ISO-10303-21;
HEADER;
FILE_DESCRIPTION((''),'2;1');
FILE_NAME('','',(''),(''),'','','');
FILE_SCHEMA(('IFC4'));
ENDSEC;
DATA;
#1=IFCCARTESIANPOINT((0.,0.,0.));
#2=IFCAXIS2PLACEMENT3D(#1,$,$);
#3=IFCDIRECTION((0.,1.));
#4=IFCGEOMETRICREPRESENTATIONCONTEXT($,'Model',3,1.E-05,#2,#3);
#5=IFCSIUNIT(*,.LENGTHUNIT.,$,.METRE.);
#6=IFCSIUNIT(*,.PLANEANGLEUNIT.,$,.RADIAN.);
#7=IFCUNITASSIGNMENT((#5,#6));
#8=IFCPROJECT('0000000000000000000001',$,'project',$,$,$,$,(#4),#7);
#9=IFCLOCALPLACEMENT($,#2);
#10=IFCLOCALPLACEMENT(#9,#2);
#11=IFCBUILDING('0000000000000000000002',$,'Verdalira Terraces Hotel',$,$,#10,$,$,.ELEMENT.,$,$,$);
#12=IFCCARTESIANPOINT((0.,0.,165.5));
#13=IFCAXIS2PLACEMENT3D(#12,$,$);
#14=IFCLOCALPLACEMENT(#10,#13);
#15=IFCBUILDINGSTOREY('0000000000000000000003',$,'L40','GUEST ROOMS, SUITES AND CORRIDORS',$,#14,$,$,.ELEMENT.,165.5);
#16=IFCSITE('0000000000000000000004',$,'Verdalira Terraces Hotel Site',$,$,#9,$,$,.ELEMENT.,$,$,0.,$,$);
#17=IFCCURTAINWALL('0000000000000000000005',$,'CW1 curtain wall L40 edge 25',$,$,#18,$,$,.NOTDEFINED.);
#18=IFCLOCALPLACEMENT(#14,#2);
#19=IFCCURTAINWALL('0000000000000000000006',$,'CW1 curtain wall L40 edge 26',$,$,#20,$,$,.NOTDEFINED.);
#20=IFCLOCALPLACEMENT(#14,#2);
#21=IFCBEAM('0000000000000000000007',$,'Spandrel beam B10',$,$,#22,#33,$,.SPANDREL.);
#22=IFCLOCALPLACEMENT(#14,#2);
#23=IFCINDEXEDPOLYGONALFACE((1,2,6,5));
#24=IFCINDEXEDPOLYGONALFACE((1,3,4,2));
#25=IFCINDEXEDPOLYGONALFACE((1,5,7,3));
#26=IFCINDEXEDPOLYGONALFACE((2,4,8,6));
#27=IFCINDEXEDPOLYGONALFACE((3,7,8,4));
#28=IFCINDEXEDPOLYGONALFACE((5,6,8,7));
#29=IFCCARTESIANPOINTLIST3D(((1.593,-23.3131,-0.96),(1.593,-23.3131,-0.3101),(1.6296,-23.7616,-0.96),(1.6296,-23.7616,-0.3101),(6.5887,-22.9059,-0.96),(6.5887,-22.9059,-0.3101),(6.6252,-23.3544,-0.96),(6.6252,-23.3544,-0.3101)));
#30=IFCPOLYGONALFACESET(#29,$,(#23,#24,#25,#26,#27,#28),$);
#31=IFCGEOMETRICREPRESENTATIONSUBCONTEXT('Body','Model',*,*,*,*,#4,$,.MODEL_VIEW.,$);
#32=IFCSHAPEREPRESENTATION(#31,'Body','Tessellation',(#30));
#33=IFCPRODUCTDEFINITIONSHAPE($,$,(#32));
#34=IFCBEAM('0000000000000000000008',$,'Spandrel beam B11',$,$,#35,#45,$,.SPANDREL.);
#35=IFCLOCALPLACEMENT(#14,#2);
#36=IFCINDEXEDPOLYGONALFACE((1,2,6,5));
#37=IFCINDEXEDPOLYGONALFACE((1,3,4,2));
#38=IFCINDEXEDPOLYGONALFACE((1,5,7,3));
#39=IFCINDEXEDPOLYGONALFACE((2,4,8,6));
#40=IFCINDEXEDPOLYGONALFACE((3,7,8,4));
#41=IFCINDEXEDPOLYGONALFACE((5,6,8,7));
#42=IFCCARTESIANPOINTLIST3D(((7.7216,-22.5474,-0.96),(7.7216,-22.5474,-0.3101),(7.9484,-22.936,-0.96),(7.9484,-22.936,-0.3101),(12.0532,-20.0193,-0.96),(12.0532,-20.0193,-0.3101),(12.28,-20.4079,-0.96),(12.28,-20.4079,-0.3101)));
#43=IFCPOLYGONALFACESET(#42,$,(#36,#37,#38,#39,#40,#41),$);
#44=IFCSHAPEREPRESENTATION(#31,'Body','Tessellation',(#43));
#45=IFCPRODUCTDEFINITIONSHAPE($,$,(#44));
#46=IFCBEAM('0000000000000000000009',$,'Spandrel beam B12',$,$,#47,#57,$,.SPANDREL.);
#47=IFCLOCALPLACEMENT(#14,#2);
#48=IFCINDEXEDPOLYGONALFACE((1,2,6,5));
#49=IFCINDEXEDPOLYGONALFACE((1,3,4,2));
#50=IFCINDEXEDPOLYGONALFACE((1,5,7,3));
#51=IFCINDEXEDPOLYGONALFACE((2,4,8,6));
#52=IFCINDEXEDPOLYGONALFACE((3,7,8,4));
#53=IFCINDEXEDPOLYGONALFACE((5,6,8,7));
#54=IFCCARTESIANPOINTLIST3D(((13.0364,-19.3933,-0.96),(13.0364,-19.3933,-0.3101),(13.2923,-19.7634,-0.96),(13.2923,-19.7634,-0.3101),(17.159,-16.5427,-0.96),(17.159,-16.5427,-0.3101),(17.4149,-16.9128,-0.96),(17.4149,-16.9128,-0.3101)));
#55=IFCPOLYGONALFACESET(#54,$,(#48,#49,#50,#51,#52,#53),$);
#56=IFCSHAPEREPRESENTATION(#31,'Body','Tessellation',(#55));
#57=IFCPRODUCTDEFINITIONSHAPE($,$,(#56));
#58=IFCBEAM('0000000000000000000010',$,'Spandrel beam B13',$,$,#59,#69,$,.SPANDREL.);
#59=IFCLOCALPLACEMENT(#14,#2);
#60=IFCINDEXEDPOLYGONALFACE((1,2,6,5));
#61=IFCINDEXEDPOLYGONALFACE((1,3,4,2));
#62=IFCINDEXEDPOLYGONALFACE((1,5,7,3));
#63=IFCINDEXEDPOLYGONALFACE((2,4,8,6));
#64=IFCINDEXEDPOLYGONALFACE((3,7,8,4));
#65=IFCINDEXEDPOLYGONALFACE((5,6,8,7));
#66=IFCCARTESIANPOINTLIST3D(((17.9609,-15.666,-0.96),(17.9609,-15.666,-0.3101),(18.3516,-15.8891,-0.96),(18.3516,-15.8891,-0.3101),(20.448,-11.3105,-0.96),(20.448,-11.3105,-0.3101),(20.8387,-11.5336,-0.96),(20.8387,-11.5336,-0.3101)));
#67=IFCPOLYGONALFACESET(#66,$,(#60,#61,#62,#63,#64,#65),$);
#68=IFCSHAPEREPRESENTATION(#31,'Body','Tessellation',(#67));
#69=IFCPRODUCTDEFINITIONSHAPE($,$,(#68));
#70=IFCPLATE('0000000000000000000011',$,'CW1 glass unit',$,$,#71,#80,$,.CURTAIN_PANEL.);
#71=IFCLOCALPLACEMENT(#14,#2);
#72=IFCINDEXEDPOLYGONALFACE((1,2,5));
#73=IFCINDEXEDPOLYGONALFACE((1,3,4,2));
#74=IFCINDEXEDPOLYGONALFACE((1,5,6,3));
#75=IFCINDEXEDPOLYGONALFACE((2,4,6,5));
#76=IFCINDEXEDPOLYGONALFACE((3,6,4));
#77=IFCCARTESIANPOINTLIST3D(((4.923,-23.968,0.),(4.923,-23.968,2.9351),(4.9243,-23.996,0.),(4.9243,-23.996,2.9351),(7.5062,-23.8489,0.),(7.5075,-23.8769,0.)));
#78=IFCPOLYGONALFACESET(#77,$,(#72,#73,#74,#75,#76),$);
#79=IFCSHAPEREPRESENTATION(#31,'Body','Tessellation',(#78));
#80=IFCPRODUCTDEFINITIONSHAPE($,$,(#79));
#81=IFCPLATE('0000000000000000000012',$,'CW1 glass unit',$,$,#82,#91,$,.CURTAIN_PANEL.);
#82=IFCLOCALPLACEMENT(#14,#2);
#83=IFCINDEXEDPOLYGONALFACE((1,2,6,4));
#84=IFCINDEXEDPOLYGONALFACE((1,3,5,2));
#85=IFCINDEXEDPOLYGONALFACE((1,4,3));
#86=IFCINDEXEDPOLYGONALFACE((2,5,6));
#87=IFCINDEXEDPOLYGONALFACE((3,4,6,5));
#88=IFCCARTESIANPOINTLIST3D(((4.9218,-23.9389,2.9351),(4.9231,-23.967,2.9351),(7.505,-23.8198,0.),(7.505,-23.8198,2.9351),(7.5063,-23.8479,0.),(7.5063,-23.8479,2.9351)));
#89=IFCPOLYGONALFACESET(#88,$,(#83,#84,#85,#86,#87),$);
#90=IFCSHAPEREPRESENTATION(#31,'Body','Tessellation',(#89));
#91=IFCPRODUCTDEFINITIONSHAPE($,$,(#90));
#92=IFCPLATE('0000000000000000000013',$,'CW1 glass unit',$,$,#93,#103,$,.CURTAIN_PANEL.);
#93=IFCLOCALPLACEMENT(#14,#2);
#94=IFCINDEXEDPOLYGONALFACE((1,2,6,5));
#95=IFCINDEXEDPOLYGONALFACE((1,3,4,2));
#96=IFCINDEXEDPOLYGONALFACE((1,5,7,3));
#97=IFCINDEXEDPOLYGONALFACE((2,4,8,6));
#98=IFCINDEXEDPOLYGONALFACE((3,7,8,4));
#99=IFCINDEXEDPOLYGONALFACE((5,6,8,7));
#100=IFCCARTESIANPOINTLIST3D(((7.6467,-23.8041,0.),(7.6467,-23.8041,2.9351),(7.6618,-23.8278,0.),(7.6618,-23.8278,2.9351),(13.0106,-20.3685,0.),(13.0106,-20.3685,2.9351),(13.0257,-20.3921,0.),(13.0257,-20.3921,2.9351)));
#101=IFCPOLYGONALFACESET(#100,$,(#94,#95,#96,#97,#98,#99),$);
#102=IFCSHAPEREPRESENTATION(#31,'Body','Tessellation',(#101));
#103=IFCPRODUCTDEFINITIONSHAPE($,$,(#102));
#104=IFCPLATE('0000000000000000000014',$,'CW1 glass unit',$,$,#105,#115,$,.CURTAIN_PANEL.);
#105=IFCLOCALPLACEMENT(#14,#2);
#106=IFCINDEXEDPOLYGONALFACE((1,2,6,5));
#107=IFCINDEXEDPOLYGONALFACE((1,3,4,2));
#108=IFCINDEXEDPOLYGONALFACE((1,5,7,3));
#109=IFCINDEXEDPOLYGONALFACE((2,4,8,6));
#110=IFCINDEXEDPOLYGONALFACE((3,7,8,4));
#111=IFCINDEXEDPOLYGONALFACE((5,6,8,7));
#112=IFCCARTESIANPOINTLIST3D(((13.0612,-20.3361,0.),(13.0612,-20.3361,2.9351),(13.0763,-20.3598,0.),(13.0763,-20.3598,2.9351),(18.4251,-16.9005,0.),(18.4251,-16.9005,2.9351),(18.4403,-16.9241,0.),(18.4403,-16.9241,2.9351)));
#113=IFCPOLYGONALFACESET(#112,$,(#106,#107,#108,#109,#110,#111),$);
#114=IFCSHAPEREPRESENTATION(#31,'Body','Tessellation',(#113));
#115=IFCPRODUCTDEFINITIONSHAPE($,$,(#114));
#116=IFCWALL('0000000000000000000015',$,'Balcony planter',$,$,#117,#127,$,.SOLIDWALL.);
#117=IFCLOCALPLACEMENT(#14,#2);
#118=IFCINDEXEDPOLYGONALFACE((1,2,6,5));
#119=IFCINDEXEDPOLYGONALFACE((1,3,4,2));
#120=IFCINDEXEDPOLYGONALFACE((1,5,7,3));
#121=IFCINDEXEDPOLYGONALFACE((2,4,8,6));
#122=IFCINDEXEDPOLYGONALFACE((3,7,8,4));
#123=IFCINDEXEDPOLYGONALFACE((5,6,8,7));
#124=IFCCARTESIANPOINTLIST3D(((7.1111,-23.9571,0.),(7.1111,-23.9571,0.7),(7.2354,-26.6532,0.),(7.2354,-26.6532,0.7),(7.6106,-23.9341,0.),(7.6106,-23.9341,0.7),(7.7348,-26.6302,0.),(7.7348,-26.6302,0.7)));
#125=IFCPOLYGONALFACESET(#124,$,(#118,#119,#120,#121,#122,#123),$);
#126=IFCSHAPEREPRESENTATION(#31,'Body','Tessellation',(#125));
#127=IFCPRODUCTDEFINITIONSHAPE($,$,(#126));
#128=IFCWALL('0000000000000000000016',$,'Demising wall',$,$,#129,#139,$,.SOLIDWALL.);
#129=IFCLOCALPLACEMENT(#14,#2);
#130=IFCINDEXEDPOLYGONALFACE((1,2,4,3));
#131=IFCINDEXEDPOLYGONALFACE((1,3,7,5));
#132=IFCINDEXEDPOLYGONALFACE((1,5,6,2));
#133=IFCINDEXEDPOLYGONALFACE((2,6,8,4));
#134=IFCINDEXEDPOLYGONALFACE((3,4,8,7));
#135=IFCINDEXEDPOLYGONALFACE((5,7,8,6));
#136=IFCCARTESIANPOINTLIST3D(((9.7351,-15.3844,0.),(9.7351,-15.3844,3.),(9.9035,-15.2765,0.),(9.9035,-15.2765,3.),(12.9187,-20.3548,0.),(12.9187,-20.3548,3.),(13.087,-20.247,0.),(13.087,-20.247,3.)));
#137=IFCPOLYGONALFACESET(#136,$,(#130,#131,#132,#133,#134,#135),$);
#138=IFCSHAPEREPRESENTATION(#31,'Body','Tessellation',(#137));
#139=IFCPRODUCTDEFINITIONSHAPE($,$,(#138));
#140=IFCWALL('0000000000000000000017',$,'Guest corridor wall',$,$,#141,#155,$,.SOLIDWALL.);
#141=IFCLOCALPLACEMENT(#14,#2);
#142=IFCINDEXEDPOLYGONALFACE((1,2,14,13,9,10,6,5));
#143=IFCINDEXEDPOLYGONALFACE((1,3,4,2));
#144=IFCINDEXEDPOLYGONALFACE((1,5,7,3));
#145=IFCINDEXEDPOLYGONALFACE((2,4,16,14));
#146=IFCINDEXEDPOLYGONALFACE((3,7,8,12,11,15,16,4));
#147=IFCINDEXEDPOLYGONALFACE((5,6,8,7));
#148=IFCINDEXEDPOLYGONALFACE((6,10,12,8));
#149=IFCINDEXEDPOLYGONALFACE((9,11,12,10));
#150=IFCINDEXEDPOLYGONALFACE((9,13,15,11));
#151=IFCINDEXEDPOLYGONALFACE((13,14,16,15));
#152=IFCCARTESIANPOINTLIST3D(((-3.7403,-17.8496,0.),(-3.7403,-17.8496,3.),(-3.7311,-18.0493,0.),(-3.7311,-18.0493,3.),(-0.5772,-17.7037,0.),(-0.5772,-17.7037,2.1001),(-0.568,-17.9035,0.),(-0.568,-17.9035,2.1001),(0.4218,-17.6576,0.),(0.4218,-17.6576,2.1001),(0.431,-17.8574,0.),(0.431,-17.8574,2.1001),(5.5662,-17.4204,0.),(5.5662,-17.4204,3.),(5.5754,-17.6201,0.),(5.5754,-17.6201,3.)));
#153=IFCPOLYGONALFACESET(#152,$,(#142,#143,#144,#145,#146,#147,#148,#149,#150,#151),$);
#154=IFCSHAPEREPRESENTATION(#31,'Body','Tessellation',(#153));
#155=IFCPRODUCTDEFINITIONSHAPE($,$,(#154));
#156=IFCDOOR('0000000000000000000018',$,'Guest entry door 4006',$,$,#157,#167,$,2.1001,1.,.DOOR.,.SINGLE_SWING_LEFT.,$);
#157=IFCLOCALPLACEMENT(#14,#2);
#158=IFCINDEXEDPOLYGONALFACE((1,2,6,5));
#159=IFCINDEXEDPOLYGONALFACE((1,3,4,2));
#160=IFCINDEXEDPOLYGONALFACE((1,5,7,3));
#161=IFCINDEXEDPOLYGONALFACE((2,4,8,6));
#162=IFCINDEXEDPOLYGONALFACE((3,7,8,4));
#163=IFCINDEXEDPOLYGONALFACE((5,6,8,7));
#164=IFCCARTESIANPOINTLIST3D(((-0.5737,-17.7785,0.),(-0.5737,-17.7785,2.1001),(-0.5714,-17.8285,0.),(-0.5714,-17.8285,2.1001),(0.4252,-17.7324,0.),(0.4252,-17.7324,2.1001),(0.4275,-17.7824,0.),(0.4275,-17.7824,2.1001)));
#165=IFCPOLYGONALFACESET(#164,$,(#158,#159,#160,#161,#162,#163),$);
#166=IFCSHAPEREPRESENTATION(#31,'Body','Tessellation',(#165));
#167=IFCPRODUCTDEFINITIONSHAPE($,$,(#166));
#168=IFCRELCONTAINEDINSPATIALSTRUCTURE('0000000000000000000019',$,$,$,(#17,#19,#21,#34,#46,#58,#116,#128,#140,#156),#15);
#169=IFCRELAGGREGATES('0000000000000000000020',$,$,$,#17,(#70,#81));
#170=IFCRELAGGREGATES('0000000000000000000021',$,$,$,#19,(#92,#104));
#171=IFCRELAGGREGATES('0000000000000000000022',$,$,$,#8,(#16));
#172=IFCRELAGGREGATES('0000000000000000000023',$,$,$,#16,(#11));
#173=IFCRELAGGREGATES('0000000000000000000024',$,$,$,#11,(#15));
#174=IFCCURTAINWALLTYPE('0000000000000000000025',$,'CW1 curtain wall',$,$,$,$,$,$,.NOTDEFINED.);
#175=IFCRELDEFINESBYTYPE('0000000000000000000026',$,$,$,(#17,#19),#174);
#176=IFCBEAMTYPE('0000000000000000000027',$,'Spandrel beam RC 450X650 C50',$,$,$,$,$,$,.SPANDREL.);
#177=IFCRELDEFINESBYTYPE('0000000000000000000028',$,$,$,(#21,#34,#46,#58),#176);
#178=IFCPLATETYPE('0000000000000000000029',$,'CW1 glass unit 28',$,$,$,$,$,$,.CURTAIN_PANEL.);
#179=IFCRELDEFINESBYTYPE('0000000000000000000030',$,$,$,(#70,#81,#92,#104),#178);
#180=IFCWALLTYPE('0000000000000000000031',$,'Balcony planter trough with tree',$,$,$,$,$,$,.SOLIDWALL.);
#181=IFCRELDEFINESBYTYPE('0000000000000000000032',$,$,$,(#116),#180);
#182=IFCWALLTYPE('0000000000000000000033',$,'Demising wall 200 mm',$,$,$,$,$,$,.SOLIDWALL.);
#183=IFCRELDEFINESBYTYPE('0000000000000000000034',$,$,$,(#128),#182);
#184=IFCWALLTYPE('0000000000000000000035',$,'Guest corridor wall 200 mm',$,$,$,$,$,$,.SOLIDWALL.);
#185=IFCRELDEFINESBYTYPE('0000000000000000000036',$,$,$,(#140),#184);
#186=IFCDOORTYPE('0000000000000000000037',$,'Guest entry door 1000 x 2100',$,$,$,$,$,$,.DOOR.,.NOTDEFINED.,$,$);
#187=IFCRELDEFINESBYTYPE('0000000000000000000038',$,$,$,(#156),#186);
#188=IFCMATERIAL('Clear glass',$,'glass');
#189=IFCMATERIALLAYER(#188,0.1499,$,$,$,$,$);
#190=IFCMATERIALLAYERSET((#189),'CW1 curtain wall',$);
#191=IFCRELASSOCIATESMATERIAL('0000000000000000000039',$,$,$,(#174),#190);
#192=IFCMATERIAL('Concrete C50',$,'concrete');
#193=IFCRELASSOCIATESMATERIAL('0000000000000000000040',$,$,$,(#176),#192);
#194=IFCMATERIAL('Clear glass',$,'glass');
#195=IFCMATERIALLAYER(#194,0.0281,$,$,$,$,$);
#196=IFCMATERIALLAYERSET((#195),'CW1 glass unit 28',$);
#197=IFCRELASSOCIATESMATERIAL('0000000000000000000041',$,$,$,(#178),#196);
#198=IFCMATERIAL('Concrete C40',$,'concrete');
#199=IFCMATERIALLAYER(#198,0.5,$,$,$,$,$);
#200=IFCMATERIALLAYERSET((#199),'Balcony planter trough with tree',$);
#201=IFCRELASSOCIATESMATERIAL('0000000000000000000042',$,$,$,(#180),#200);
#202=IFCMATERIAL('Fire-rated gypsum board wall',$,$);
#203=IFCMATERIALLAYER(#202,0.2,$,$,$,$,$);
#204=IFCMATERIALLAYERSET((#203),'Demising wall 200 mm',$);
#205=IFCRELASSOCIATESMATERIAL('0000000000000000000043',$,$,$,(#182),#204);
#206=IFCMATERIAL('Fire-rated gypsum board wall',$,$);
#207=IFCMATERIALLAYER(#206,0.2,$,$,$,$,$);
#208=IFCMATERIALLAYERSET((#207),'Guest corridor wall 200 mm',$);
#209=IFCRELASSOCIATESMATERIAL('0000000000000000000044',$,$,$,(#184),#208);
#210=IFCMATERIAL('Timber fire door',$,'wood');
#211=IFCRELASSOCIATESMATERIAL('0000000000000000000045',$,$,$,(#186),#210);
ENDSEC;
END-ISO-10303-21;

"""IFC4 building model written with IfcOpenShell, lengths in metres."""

from ifc_helpers import new_model, si_unit, direction, frame, frame_2d, origin, origin_2d, place, context, subcontext, project, spatial, polyline, rectangle, outline, extrude, material, layer, layer_set, material_profile, profile_set, type_object, element, fill, aggregate, save


model = new_model("IFC4")

# Units and contexts
model_context = context("Model", 3, precision=1e-05, world=origin(), true_north=direction((0.0, 1.0)))
body_context = subcontext(model_context, "Body", "Model", "MODEL_VIEW")
ifc_project = project(units=[si_unit("LENGTHUNIT", "METRE"), si_unit("PLANEANGLEUNIT", "RADIAN")], contexts=[model_context])

# Site, building, storey
site_placement = place(None, origin())
site = spatial("IfcSite", under=ifc_project, at=site_placement, Name="Verdalira Terraces Hotel Site", CompositionType="ELEMENT", RefElevation=0.0)
building_placement = place(site_placement, origin())
building = spatial("IfcBuilding", under=site, at=building_placement, Name="Verdalira Terraces Hotel", CompositionType="ELEMENT")
storey_placement = place(building_placement, frame((0.0, 0.0, 165.5)))
storey = spatial("IfcBuildingStorey", under=building, at=storey_placement, Name="L40", Description="GUEST ROOMS, SUITES AND CORRIDORS", CompositionType="ELEMENT", Elevation=165.5)

# Curtain wall
ifc_material_1 = material(Name="Clear glass", Category="glass")
ifc_layer_1 = layer(ifc_material_1, 0.1499)
ifc_layer_set_1 = layer_set([ifc_layer_1], Name="CW1 curtain wall")
curtain_wall_type = type_object("IfcCurtainWallType", Name="CW1 curtain wall", PredefinedType="NOTDEFINED", material=ifc_layer_set_1)
curtain_wall_1_placement = place(storey_placement, origin())
curtain_wall_1 = element("IfcCurtainWall", 1, at=curtain_wall_1_placement, inside=storey, type_object=curtain_wall_type, Name="CW1 curtain wall L40 edge 25", PredefinedType="NOTDEFINED")

# Curtain wall
curtain_wall_2_placement = place(storey_placement, origin())
curtain_wall_2 = element("IfcCurtainWall", 2, at=curtain_wall_2_placement, inside=storey, type_object=curtain_wall_type, Name="CW1 curtain wall L40 edge 26", PredefinedType="NOTDEFINED")

# Beams
ifc_material_2 = material(Name="Concrete C50", Category="concrete")
ifc_material_profile_1 = material_profile(ifc_material_2, rectangle(XDim=0.45, YDim=0.6499, at=origin_2d()), Name="RC 450X650")
ifc_profile_set_1 = profile_set([ifc_material_profile_1], Name="Concrete C50")
beam_type_1 = type_object("IfcBeamType", Name="Spandrel beam RC 450X650 C50", PredefinedType="SPANDREL", material=ifc_profile_set_1)
beam_1_placement = place(storey_placement, frame((1.6113, -23.5374, -0.635), z_axis=(0.996694, 0.081247, 0.0), x_axis=(-0.081247, 0.996694, 0.0)))
element("IfcBeam", 3, at=beam_1_placement, inside=storey, type_object=beam_type_1, Name="Spandrel beam B10", PredefinedType="SPANDREL", context=body_context, shape_type="SweptSolid", body=[
    extrude(rectangle(XDim=0.45, YDim=0.6499, at=origin_2d()), origin(), (0.0, 0.0, 1.0), 5.0122),
])
beam_2_placement = place(storey_placement, frame((7.835, -22.7417, -0.635), z_axis=(0.863662, 0.504071, 0.0), x_axis=(-0.504071, 0.863662, 0.0)))
element("IfcBeam", 4, at=beam_2_placement, inside=storey, type_object=beam_type_1, Name="Spandrel beam B11", PredefinedType="SPANDREL", context=body_context, shape_type="SweptSolid", body=[
    extrude(rectangle(XDim=0.45, YDim=0.6499, at=origin_2d()), origin(), (0.0, 0.0, 1.0), 5.0154),
])
beam_3_placement = place(storey_placement, frame((13.1643, -19.5784, -0.635), z_axis=(0.822518, 0.568739, 0.0), x_axis=(-0.568739, 0.822518, 0.0)))
element("IfcBeam", 5, at=beam_3_placement, inside=storey, type_object=beam_type_1, Name="Spandrel beam B12", PredefinedType="SPANDREL", context=body_context, shape_type="SweptSolid", body=[
    extrude(rectangle(XDim=0.45, YDim=0.6499, at=origin_2d()), origin(), (0.0, 0.0, 1.0), 5.0122),
])
beam_4_placement = place(storey_placement, frame((18.1562, -15.7776, -0.635), z_axis=(0.495872, 0.868396, 0.0), x_axis=(-0.868396, 0.495872, 0.0)))
element("IfcBeam", 6, at=beam_4_placement, inside=storey, type_object=beam_type_1, Name="Spandrel beam B13", PredefinedType="SPANDREL", context=body_context, shape_type="SweptSolid", body=[
    extrude(rectangle(XDim=0.45, YDim=0.6499, at=origin_2d()), origin(), (0.0, 0.0, 1.0), 5.0156),
])

# Plates
ifc_material_3 = material(Name="Clear glass", Category="glass")
ifc_layer_2 = layer(ifc_material_3, 0.0281)
ifc_layer_set_2 = layer_set([ifc_layer_2], Name="CW1 glass unit 28")
plate_type = type_object("IfcPlateType", Name="CW1 glass unit 28", PredefinedType="CURTAIN_PANEL", material=ifc_layer_set_2)
plate_1_placement = place(storey_placement, frame((6.2146, -23.9084, 1.4675), z_axis=(0.04606, -0.998939, 0.0), x_axis=(0.998939, 0.04606, 0.0)))
plate_1 = element("IfcPlate", 7, at=plate_1_placement, type_object=plate_type, Name="CW1 glass unit", PredefinedType="CURTAIN_PANEL", context=body_context, shape_type="SweptSolid", body=[
    extrude(outline(polyline([(-1.293, -1.4675), (1.293, -1.4675), (-1.293, 1.4675), (-1.293, -1.4675)])), origin(), (0.0, 0.0, 1.0), 0.0281),
])
plate_2_placement = place(storey_placement, frame((6.2134, -23.8794, 1.4675), z_axis=(0.04606, -0.998939, 0.0), x_axis=(0.998939, 0.04606, 0.0)))
plate_2 = element("IfcPlate", 8, at=plate_2_placement, type_object=plate_type, Name="CW1 glass unit", PredefinedType="CURTAIN_PANEL", context=body_context, shape_type="SweptSolid", body=[
    extrude(outline(polyline([(1.293, -1.4675), (1.293, 1.4675), (-1.293, 1.4675), (1.293, -1.4675)])), origin(), (0.0, 0.0, 1.0), 0.0281),
])
aggregate(curtain_wall_1, [plate_1, plate_2])
plate_3_placement = place(storey_placement, frame((10.3362, -22.0981, 0.0), z_axis=(0.0, 0.0, 1.0), x_axis=(0.842076, 0.539359, 0.0)))
plate_3 = element("IfcPlate", 9, at=plate_3_placement, type_object=plate_type, Name="CW1 glass unit", PredefinedType="CURTAIN_PANEL", context=body_context, shape_type="SweptSolid", body=[
    extrude(rectangle(XDim=6.3699, YDim=0.0281, at=origin_2d()), origin(), (0.0, 0.0, 1.0), 2.9351),
])
plate_4_placement = place(storey_placement, frame((15.7507, -18.6301, 0.0), z_axis=(0.0, 0.0, 1.0), x_axis=(0.842076, 0.539359, 0.0)))
plate_4 = element("IfcPlate", 10, at=plate_4_placement, type_object=plate_type, Name="CW1 glass unit", PredefinedType="CURTAIN_PANEL", context=body_context, shape_type="SweptSolid", body=[
    extrude(rectangle(XDim=6.3699, YDim=0.0281, at=origin_2d()), origin(), (0.0, 0.0, 1.0), 2.9351),
])
aggregate(curtain_wall_2, [plate_3, plate_4])

# Walls
ifc_material_4 = material(Name="Concrete C40", Category="concrete")
ifc_layer_3 = layer(ifc_material_4, 0.5)
ifc_layer_set_3 = layer_set([ifc_layer_3], Name="Balcony planter trough with tree")
wall_type_1 = type_object("IfcWallType", Name="Balcony planter trough with tree", PredefinedType="SOLIDWALL", material=ifc_layer_set_3)
wall_1_placement = place(storey_placement, frame((7.4851, -26.6418, 0.0), z_axis=(0.0, 0.0, 1.0), x_axis=(-0.046044, 0.998939, 0.0)))
element("IfcWall", 11, at=wall_1_placement, inside=storey, type_object=wall_type_1, Name="Balcony planter", PredefinedType="SOLIDWALL", context=body_context, shape_type="SweptSolid", body=[
    extrude(rectangle(XDim=2.699, YDim=0.5, at=frame_2d((1.3496, 0.0))), origin(), (0.0, 0.0, 1.0), 0.7),
])
ifc_material_5 = material(Name="Fire-rated gypsum board wall")
ifc_layer_4 = layer(ifc_material_5, 0.2)
ifc_layer_set_4 = layer_set([ifc_layer_4], Name="Demising wall 200 mm")
wall_type_2 = type_object("IfcWallType", Name="Demising wall 200 mm", PredefinedType="SOLIDWALL", material=ifc_layer_set_4)
wall_2_placement = place(storey_placement, frame((9.8193, -15.3306, 0.0), z_axis=(0.0, 0.0, 1.0), x_axis=(0.539354, -0.842079, 0.0)))
element("IfcWall", 12, at=wall_2_placement, inside=storey, type_object=wall_type_2, Name="Demising wall", PredefinedType="SOLIDWALL", context=body_context, shape_type="SweptSolid", body=[
    extrude(rectangle(XDim=5.9026, YDim=0.2, at=frame_2d((2.9512, 0.0))), origin(), (0.0, 0.0, 1.0), 3.0),
])

# Wall, opening, door
ifc_material_6 = material(Name="Fire-rated gypsum board wall")
ifc_layer_5 = layer(ifc_material_6, 0.2)
ifc_layer_set_5 = layer_set([ifc_layer_5], Name="Guest corridor wall 200 mm")
wall_type_3 = type_object("IfcWallType", Name="Guest corridor wall 200 mm", PredefinedType="SOLIDWALL", material=ifc_layer_set_5)
wall_3_placement = place(storey_placement, frame((5.5708, -17.5203, 0.0), z_axis=(0.0, 0.0, 1.0), x_axis=(-0.998938, -0.04607, 0.0)))
wall_3 = element("IfcWall", 13, at=wall_3_placement, inside=storey, type_object=wall_type_3, Name="Guest corridor wall", PredefinedType="SOLIDWALL", context=body_context, shape_type="SweptSolid", body=[
    extrude(rectangle(XDim=9.3164, YDim=0.2, at=frame_2d((4.6582, 0.0))), origin(), (0.0, 0.0, 1.0), 3.0),
])
opening_1_placement = place(wall_3_placement, frame((5.1499, 0.0, 0.0)))
opening_1 = element("IfcOpeningElement", 14, at=opening_1_placement, cuts=wall_3, PredefinedType="OPENING", context=body_context, shape_type="SweptSolid", body=[
    extrude(rectangle(XDim=1.0, YDim=2.1001, at=frame_2d((0.5, 1.05))), frame((0.0, 0.1099, 0.0), z_axis=(0.0, -1.0, 0.0), x_axis=(1.0, 0.0, 0.0)), (0.0, 0.0, 1.0), 0.22),
])
ifc_material_7 = material(Name="Timber fire door", Category="wood")
door_type_1 = type_object("IfcDoorType", Name="Guest entry door 1000 x 2100", OperationType="NOTDEFINED", PredefinedType="DOOR", material=ifc_material_7)
door_1_placement = place(opening_1_placement, origin())
door_1 = element("IfcDoor", 15, at=door_1_placement, inside=storey, type_object=door_type_1, Name="Guest entry door 4006", OperationType="SINGLE_SWING_LEFT", OverallHeight=2.1001, OverallWidth=1.0, PredefinedType="DOOR", context=body_context, shape_type="SweptSolid", body=[
    extrude(rectangle(XDim=1.0, YDim=2.1001, at=frame_2d((0.5, 1.05))), frame((0.0, 0.0249, 0.0), z_axis=(0.0, -1.0, 0.0), x_axis=(1.0, 0.0, 0.0)), (0.0, 0.0, 1.0), 0.05),
])
fill(opening_1, door_1)

save(model, "model.ifc")
